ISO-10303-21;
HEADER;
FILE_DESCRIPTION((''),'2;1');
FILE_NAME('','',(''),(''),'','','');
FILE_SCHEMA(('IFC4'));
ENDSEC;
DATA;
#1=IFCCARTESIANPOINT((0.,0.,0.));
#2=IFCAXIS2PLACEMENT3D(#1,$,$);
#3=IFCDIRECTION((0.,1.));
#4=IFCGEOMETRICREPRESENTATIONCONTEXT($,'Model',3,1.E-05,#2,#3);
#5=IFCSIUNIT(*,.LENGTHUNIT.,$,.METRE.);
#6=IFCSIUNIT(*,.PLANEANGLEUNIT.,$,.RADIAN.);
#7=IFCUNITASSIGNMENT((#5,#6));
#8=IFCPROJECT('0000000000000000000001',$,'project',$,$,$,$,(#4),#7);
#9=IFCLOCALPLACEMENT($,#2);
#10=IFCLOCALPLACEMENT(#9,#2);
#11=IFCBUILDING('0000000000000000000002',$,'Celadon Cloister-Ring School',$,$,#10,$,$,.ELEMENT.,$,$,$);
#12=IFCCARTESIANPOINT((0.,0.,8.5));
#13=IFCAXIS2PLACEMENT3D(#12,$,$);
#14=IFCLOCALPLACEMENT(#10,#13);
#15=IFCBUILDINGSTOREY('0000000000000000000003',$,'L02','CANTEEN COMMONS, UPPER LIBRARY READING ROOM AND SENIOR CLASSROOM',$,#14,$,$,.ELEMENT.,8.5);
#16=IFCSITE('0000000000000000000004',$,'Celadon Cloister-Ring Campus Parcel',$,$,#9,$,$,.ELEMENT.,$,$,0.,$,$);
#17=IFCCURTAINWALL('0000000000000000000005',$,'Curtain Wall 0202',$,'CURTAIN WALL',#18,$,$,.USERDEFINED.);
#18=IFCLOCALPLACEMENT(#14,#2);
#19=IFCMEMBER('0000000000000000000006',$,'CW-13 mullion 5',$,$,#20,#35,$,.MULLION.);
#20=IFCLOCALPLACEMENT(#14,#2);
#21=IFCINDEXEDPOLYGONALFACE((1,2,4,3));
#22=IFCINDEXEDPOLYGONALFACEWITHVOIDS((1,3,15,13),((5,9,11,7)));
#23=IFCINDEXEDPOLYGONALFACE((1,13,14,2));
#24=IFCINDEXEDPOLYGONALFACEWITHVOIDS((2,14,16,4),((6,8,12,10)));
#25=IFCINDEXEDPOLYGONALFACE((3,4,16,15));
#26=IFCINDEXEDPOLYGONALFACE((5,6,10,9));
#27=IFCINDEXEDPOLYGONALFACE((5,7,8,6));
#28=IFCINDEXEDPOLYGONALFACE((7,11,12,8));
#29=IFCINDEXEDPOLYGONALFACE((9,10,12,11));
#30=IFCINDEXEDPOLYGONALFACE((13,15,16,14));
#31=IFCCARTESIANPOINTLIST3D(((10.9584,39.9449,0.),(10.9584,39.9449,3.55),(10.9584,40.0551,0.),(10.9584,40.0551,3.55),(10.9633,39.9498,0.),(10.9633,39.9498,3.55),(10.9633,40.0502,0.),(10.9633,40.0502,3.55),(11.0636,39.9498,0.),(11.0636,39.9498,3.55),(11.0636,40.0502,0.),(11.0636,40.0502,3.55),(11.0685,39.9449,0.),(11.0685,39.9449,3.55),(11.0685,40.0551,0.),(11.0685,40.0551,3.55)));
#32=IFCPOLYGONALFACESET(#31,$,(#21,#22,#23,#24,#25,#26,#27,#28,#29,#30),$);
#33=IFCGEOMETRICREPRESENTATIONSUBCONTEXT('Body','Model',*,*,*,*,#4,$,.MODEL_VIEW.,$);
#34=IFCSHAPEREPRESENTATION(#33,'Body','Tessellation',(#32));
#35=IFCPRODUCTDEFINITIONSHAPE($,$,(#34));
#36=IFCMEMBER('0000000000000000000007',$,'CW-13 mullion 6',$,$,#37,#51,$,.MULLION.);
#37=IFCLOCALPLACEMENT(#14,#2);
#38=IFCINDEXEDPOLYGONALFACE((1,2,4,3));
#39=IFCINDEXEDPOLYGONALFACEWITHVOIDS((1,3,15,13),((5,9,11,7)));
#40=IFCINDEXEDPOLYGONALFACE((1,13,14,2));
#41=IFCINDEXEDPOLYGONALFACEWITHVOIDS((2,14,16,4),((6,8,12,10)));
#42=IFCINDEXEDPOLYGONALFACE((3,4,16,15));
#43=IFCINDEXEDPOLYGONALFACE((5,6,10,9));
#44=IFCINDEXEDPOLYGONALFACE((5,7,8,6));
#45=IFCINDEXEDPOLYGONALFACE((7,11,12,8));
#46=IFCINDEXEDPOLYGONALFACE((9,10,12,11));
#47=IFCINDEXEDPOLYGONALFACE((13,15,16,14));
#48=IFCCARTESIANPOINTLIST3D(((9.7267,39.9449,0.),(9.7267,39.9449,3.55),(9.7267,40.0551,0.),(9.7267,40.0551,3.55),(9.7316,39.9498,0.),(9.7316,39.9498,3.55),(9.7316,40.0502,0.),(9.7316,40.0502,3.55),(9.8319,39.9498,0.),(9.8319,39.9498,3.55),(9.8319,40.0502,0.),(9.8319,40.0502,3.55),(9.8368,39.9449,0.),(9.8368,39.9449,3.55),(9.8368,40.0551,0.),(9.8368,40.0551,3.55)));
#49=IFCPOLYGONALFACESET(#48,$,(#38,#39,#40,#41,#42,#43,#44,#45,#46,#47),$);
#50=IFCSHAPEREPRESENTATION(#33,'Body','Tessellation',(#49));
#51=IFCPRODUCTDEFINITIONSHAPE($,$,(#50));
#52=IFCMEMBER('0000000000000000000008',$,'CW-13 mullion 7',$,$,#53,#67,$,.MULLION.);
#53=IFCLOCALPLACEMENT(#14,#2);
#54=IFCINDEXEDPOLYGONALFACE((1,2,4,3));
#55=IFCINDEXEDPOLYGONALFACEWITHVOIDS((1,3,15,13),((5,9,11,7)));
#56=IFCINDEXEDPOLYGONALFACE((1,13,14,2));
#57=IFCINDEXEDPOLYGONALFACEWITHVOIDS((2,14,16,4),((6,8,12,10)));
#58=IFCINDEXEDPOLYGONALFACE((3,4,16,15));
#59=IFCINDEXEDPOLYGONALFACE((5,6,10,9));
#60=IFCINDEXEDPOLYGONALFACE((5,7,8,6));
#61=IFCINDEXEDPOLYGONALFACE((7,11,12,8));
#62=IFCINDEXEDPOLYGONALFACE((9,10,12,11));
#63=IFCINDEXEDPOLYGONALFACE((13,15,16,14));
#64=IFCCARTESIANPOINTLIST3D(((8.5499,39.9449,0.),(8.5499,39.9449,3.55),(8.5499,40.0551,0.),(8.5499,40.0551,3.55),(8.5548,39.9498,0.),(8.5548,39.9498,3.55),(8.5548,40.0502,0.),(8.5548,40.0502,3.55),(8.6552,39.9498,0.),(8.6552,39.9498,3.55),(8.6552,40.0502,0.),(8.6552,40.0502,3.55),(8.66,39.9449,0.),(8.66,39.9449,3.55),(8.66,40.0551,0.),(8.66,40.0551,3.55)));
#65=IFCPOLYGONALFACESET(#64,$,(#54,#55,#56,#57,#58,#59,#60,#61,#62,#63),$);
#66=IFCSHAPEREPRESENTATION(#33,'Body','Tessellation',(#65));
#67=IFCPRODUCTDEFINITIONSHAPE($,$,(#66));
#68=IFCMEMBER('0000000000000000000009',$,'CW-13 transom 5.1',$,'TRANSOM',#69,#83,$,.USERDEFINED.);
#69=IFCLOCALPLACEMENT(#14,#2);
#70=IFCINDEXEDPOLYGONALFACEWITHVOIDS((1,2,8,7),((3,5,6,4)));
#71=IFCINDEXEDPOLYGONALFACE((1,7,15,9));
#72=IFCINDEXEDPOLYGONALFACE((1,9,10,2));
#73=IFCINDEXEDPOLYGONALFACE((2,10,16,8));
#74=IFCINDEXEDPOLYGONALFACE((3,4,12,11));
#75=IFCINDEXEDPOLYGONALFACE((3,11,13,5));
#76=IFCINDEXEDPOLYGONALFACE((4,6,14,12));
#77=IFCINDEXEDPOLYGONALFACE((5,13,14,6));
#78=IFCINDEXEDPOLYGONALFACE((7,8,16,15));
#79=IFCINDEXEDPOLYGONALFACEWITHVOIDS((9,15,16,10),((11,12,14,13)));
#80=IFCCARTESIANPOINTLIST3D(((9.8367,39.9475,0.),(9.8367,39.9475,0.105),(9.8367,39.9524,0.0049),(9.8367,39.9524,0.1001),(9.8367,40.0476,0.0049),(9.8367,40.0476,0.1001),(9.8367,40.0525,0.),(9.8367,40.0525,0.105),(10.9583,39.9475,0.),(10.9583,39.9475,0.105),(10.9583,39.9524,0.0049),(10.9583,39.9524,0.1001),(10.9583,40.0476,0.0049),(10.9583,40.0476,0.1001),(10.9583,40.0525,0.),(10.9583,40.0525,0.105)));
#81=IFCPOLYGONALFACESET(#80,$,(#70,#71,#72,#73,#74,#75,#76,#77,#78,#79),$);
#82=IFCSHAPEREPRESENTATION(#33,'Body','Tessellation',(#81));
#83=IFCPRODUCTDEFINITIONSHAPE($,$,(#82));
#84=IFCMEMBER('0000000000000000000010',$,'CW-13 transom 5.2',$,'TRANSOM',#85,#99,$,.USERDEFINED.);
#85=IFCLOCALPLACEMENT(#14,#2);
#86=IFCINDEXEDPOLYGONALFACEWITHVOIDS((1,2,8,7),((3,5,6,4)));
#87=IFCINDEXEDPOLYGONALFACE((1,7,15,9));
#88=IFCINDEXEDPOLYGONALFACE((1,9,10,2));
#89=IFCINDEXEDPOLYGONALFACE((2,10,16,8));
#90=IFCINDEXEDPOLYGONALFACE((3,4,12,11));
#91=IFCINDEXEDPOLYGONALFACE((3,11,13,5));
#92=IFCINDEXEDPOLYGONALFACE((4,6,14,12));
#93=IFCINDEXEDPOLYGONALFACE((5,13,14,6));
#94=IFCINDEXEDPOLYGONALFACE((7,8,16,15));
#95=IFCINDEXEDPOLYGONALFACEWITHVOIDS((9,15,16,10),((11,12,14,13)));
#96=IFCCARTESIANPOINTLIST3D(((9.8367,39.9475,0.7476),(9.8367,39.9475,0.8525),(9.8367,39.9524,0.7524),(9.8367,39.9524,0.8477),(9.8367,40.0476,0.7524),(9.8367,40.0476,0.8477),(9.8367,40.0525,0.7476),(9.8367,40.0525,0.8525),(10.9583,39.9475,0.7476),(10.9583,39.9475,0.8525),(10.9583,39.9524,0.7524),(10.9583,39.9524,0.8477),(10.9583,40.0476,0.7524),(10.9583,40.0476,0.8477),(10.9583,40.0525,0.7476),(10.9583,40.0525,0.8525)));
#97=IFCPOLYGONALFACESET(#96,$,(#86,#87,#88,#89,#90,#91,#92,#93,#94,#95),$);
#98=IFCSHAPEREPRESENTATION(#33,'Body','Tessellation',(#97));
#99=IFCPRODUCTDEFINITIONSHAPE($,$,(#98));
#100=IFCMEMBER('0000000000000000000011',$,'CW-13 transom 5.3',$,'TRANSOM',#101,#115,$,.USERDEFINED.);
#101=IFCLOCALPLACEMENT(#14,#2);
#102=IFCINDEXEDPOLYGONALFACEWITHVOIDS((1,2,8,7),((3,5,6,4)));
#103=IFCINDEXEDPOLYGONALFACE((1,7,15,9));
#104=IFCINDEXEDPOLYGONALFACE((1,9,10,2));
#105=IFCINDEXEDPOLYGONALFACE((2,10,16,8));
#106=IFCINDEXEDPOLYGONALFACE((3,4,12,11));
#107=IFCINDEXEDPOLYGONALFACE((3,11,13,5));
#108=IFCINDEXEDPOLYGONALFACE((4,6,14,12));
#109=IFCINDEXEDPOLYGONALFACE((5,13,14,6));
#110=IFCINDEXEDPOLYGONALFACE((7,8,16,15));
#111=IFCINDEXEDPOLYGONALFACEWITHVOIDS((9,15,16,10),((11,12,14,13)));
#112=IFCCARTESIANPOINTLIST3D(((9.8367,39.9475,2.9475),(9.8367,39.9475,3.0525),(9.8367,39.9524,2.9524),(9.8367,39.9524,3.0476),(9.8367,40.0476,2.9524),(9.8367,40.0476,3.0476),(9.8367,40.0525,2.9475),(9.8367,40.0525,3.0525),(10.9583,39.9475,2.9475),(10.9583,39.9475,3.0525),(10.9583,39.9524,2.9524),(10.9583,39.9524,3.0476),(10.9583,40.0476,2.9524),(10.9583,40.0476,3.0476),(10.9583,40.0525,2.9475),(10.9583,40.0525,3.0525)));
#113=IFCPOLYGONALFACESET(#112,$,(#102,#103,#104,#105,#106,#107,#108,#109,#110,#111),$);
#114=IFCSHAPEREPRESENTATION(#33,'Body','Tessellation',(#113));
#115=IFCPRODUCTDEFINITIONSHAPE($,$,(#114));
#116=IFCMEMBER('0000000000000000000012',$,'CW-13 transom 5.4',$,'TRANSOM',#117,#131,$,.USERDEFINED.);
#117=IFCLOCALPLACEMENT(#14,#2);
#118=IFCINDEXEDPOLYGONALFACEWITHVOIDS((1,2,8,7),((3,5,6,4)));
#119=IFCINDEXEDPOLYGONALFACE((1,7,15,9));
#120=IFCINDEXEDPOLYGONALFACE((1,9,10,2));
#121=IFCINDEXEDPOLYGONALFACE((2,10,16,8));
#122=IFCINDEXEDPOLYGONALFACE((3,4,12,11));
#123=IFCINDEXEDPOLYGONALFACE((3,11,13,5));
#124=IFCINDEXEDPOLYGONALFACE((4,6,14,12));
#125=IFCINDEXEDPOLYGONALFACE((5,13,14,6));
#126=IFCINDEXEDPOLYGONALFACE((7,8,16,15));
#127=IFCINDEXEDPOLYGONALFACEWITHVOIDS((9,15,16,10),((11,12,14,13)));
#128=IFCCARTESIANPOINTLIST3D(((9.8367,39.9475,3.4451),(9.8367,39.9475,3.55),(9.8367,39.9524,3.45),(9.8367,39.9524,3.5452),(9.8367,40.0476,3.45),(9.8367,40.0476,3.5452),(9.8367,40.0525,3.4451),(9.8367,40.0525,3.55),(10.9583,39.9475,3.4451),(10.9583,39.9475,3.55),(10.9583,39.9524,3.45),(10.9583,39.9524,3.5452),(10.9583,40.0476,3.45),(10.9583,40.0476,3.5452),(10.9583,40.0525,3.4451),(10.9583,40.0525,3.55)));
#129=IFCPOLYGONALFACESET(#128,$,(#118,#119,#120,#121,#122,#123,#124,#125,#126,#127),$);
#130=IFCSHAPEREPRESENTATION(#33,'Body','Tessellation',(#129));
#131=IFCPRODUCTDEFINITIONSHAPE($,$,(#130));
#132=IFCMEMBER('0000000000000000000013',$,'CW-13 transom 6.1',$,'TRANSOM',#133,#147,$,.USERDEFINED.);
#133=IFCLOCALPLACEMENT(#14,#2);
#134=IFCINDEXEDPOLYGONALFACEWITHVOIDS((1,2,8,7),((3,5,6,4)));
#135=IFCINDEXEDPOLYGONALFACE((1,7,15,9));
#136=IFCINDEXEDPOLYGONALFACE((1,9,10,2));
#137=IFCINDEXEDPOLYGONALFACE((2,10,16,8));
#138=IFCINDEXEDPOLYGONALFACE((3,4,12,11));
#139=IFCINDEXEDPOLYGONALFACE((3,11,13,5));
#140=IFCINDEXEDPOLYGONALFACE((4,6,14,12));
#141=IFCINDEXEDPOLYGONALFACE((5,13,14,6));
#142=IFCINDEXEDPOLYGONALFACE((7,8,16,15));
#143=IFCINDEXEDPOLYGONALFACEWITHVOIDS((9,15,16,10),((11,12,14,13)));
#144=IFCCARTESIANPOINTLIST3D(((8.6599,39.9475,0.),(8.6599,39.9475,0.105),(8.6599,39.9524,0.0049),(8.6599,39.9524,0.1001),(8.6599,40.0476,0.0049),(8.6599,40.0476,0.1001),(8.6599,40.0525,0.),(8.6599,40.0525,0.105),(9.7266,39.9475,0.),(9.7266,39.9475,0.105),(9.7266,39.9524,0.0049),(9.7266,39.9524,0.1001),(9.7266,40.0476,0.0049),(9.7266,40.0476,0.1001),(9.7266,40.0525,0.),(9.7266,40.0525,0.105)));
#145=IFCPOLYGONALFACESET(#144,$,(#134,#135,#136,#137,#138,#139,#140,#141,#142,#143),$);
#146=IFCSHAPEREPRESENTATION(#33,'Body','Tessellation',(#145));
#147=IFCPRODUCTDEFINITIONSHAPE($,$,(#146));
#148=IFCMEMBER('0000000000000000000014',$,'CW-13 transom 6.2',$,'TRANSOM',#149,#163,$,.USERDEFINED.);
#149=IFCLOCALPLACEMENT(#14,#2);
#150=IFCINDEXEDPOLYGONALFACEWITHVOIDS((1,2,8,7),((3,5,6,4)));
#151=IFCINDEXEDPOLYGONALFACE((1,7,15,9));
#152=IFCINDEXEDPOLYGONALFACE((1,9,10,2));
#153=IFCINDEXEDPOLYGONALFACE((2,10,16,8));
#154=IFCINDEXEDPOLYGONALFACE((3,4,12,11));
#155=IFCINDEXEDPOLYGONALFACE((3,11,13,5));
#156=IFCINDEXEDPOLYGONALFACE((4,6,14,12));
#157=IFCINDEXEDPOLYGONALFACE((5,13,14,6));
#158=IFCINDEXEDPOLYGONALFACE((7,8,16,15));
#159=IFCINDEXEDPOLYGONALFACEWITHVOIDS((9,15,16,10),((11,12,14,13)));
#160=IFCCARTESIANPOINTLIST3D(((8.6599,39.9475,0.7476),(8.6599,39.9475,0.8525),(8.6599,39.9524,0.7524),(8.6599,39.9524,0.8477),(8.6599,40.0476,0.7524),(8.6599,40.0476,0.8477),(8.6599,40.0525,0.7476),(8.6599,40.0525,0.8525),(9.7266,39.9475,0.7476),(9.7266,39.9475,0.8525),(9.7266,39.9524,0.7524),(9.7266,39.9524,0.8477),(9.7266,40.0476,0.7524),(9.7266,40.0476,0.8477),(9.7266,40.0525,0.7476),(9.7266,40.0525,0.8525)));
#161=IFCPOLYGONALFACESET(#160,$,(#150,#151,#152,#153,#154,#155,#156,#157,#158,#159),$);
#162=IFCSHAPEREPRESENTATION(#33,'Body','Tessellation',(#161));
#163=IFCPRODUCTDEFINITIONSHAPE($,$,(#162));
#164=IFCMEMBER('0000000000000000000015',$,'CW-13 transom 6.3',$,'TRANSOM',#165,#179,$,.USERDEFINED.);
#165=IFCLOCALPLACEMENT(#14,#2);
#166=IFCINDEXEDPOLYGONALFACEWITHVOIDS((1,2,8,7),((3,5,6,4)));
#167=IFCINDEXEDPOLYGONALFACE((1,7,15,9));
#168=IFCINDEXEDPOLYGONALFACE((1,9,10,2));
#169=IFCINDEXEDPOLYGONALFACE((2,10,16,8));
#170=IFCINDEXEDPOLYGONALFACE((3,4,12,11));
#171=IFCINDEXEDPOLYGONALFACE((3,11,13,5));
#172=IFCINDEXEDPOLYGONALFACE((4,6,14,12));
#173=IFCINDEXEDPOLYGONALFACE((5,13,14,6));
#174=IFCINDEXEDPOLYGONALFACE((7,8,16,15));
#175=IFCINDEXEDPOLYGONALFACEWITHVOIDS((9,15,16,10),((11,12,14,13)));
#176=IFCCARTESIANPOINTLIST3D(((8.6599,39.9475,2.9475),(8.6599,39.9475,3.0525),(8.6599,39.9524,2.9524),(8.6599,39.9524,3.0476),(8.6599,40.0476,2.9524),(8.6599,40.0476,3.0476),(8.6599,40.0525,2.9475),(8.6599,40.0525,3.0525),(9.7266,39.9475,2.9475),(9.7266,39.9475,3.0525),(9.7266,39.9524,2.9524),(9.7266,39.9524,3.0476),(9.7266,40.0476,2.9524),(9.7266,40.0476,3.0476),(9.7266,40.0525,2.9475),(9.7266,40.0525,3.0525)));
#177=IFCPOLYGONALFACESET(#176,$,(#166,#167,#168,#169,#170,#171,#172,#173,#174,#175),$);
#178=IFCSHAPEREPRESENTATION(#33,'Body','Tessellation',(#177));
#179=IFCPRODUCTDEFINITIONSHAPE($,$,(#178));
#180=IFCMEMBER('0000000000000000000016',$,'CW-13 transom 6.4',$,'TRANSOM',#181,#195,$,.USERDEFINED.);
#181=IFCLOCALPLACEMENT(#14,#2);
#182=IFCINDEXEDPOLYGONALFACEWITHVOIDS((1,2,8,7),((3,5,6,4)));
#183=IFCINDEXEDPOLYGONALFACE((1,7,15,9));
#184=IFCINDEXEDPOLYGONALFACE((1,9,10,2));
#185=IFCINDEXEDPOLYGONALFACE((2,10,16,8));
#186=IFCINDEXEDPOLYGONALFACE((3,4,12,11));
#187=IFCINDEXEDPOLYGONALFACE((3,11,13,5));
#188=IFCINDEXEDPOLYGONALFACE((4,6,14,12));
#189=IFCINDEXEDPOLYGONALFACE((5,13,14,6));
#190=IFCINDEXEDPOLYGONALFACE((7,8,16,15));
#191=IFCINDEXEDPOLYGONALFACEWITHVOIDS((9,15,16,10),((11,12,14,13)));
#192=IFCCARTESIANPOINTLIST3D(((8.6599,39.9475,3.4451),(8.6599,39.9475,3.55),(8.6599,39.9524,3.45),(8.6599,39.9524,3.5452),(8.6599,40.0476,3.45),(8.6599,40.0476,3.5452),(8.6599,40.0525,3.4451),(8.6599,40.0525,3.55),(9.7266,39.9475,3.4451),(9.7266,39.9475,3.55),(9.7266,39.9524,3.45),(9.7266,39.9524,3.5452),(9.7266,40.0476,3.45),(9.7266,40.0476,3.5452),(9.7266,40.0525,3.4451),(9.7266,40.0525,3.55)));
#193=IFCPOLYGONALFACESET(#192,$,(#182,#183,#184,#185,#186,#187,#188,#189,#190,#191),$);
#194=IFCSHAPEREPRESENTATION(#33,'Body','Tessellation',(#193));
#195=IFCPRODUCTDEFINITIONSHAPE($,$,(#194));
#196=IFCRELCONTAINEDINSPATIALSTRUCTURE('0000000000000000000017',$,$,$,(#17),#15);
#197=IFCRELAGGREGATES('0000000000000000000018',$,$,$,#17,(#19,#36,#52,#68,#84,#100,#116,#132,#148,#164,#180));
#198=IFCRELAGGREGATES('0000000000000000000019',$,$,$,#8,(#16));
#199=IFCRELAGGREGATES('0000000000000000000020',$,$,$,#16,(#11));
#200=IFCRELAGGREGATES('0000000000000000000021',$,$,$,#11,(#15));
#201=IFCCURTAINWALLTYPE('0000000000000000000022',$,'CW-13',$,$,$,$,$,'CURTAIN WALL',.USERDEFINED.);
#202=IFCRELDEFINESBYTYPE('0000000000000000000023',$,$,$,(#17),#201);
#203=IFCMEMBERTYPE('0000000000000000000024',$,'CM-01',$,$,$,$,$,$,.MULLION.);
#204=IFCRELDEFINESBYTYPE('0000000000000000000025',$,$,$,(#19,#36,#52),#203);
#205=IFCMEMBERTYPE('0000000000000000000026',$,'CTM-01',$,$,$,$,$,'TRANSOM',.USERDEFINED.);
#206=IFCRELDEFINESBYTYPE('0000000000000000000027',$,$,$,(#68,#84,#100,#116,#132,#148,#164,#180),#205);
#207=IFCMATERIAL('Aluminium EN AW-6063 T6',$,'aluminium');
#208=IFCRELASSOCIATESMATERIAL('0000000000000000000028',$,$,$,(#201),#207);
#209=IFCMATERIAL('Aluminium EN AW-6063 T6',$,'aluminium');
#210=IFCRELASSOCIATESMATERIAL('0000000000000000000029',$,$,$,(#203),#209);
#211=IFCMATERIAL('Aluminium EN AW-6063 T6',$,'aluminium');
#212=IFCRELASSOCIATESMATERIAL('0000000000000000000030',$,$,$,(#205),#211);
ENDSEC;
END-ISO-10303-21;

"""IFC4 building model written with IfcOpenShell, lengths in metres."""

from ifc_helpers import new_model, si_unit, direction, frame, origin, origin_2d, place, context, subcontext, project, spatial, hollow_rectangle, extrude, material, material_profile, profile_set, type_object, element, aggregate, save


model = new_model("IFC4")

# Units and contexts
model_context = context("Model", 3, precision=1e-05, world=origin(), true_north=direction((0.0, 1.0)))
body_context = subcontext(model_context, "Body", "Model", "MODEL_VIEW")
ifc_project = project(units=[si_unit("LENGTHUNIT", "METRE"), si_unit("PLANEANGLEUNIT", "RADIAN")], contexts=[model_context])

# Site, building, storey
site_placement = place(None, origin())
site = spatial("IfcSite", under=ifc_project, at=site_placement, Name="Celadon Cloister-Ring Campus Parcel", CompositionType="ELEMENT", RefElevation=0.0)
building_placement = place(site_placement, origin())
building = spatial("IfcBuilding", under=site, at=building_placement, Name="Celadon Cloister-Ring School", CompositionType="ELEMENT")
storey_placement = place(building_placement, frame((0.0, 0.0, 8.5)))
storey = spatial("IfcBuildingStorey", under=building, at=storey_placement, Name="L02", Description="CANTEEN COMMONS, UPPER LIBRARY READING ROOM AND SENIOR CLASSROOM", CompositionType="ELEMENT", Elevation=8.5)

# Curtain wall, members
ifc_material_1 = material(Name="Aluminium EN AW-6063 T6", Category="aluminium")
curtain_wall_type = type_object("IfcCurtainWallType", Name="CW-13", ElementType="CURTAIN WALL", PredefinedType="USERDEFINED", material=ifc_material_1)
curtain_wall_placement = place(storey_placement, origin())
curtain_wall = element("IfcCurtainWall", 1, at=curtain_wall_placement, inside=storey, type_object=curtain_wall_type, Name="Curtain Wall 0202", ObjectType="CURTAIN WALL", PredefinedType="USERDEFINED")
ifc_material_2 = material(Name="Aluminium EN AW-6063 T6", Category="aluminium")
ifc_material_profile_1 = material_profile(ifc_material_2, hollow_rectangle(XDim=0.1101, YDim=0.1101, WallThickness=0.0049, at=origin_2d()), Name="RHS110X110X5")
ifc_profile_set_1 = profile_set([ifc_material_profile_1], Name="Aluminium EN AW-6063 T6")
member_type_1 = type_object("IfcMemberType", Name="CM-01", PredefinedType="MULLION", material=ifc_profile_set_1)
member_1_placement = place(storey_placement, frame((11.0134, 40.0, 0.0), z_axis=(0.0, 0.0, 1.0), x_axis=(0.0, -1.0, 0.0)))
member_1 = element("IfcMember", 2, at=member_1_placement, type_object=member_type_1, Name="CW-13 mullion 5", PredefinedType="MULLION", context=body_context, shape_type="SweptSolid", body=[
    extrude(hollow_rectangle(XDim=0.1101, YDim=0.1101, WallThickness=0.0049, at=origin_2d()), origin(), (0.0, 0.0, 1.0), 3.55),
])
member_2_placement = place(storey_placement, frame((9.7817, 40.0, 0.0), z_axis=(0.0, 0.0, 1.0), x_axis=(0.0, -1.0, 0.0)))
member_2 = element("IfcMember", 3, at=member_2_placement, type_object=member_type_1, Name="CW-13 mullion 6", PredefinedType="MULLION", context=body_context, shape_type="SweptSolid", body=[
    extrude(hollow_rectangle(XDim=0.1101, YDim=0.1101, WallThickness=0.0049, at=origin_2d()), origin(), (0.0, 0.0, 1.0), 3.55),
])
member_3_placement = place(storey_placement, frame((8.605, 40.0, 0.0), z_axis=(0.0, 0.0, 1.0), x_axis=(0.0, -1.0, 0.0)))
member_3 = element("IfcMember", 4, at=member_3_placement, type_object=member_type_1, Name="CW-13 mullion 7", PredefinedType="MULLION", context=body_context, shape_type="SweptSolid", body=[
    extrude(hollow_rectangle(XDim=0.1101, YDim=0.1101, WallThickness=0.0049, at=origin_2d()), origin(), (0.0, 0.0, 1.0), 3.55),
])
ifc_material_3 = material(Name="Aluminium EN AW-6063 T6", Category="aluminium")
ifc_material_profile_2 = material_profile(ifc_material_3, hollow_rectangle(XDim=0.105, YDim=0.105, WallThickness=0.0049, at=origin_2d()), Name="RHS105X105X5")
ifc_profile_set_2 = profile_set([ifc_material_profile_2], Name="Aluminium EN AW-6063 T6")
member_type_2 = type_object("IfcMemberType", Name="CTM-01", ElementType="TRANSOM", PredefinedType="USERDEFINED", material=ifc_profile_set_2)
member_4_placement = place(storey_placement, frame((10.9583, 40.0, 0.0525), z_axis=(-1.0, 0.0, 0.0), x_axis=(0.0, -1.0, 0.0)))
member_4 = element("IfcMember", 5, at=member_4_placement, type_object=member_type_2, Name="CW-13 transom 5.1", ObjectType="TRANSOM", PredefinedType="USERDEFINED", context=body_context, shape_type="SweptSolid", body=[
    extrude(hollow_rectangle(XDim=0.105, YDim=0.105, WallThickness=0.0049, at=origin_2d()), origin(), (0.0, 0.0, 1.0), 1.1216),
])
member_5_placement = place(storey_placement, frame((10.9583, 40.0, 0.8), z_axis=(-1.0, 0.0, 0.0), x_axis=(0.0, -1.0, 0.0)))
member_5 = element("IfcMember", 6, at=member_5_placement, type_object=member_type_2, Name="CW-13 transom 5.2", ObjectType="TRANSOM", PredefinedType="USERDEFINED", context=body_context, shape_type="SweptSolid", body=[
    extrude(hollow_rectangle(XDim=0.105, YDim=0.105, WallThickness=0.0049, at=origin_2d()), origin(), (0.0, 0.0, 1.0), 1.1216),
])
member_6_placement = place(storey_placement, frame((10.9583, 40.0, 3.0), z_axis=(-1.0, 0.0, 0.0), x_axis=(0.0, -1.0, 0.0)))
member_6 = element("IfcMember", 7, at=member_6_placement, type_object=member_type_2, Name="CW-13 transom 5.3", ObjectType="TRANSOM", PredefinedType="USERDEFINED", context=body_context, shape_type="SweptSolid", body=[
    extrude(hollow_rectangle(XDim=0.105, YDim=0.105, WallThickness=0.0049, at=origin_2d()), origin(), (0.0, 0.0, 1.0), 1.1216),
])
member_7_placement = place(storey_placement, frame((10.9583, 40.0, 3.4976), z_axis=(-1.0, 0.0, 0.0), x_axis=(0.0, -1.0, 0.0)))
member_7 = element("IfcMember", 8, at=member_7_placement, type_object=member_type_2, Name="CW-13 transom 5.4", ObjectType="TRANSOM", PredefinedType="USERDEFINED", context=body_context, shape_type="SweptSolid", body=[
    extrude(hollow_rectangle(XDim=0.105, YDim=0.105, WallThickness=0.0049, at=origin_2d()), origin(), (0.0, 0.0, 1.0), 1.1216),
])
member_8_placement = place(storey_placement, frame((9.7266, 40.0, 0.0525), z_axis=(-1.0, 0.0, 0.0), x_axis=(0.0, -1.0, 0.0)))
member_8 = element("IfcMember", 9, at=member_8_placement, type_object=member_type_2, Name="CW-13 transom 6.1", ObjectType="TRANSOM", PredefinedType="USERDEFINED", context=body_context, shape_type="SweptSolid", body=[
    extrude(hollow_rectangle(XDim=0.105, YDim=0.105, WallThickness=0.0049, at=origin_2d()), origin(), (0.0, 0.0, 1.0), 1.0667),
])
member_9_placement = place(storey_placement, frame((9.7266, 40.0, 0.8), z_axis=(-1.0, 0.0, 0.0), x_axis=(0.0, -1.0, 0.0)))
member_9 = element("IfcMember", 10, at=member_9_placement, type_object=member_type_2, Name="CW-13 transom 6.2", ObjectType="TRANSOM", PredefinedType="USERDEFINED", context=body_context, shape_type="SweptSolid", body=[
    extrude(hollow_rectangle(XDim=0.105, YDim=0.105, WallThickness=0.0049, at=origin_2d()), origin(), (0.0, 0.0, 1.0), 1.0667),
])
member_10_placement = place(storey_placement, frame((9.7266, 40.0, 3.0), z_axis=(-1.0, 0.0, 0.0), x_axis=(0.0, -1.0, 0.0)))
member_10 = element("IfcMember", 11, at=member_10_placement, type_object=member_type_2, Name="CW-13 transom 6.3", ObjectType="TRANSOM", PredefinedType="USERDEFINED", context=body_context, shape_type="SweptSolid", body=[
    extrude(hollow_rectangle(XDim=0.105, YDim=0.105, WallThickness=0.0049, at=origin_2d()), origin(), (0.0, 0.0, 1.0), 1.0667),
])
member_11_placement = place(storey_placement, frame((9.7266, 40.0, 3.4976), z_axis=(-1.0, 0.0, 0.0), x_axis=(0.0, -1.0, 0.0)))
member_11 = element("IfcMember", 12, at=member_11_placement, type_object=member_type_2, Name="CW-13 transom 6.4", ObjectType="TRANSOM", PredefinedType="USERDEFINED", context=body_context, shape_type="SweptSolid", body=[
    extrude(hollow_rectangle(XDim=0.105, YDim=0.105, WallThickness=0.0049, at=origin_2d()), origin(), (0.0, 0.0, 1.0), 1.0667),
])
aggregate(curtain_wall, [member_1, member_2, member_3, member_4, member_5, member_6, member_7, member_8, member_9, member_10, member_11])

save(model, "model.ifc")
